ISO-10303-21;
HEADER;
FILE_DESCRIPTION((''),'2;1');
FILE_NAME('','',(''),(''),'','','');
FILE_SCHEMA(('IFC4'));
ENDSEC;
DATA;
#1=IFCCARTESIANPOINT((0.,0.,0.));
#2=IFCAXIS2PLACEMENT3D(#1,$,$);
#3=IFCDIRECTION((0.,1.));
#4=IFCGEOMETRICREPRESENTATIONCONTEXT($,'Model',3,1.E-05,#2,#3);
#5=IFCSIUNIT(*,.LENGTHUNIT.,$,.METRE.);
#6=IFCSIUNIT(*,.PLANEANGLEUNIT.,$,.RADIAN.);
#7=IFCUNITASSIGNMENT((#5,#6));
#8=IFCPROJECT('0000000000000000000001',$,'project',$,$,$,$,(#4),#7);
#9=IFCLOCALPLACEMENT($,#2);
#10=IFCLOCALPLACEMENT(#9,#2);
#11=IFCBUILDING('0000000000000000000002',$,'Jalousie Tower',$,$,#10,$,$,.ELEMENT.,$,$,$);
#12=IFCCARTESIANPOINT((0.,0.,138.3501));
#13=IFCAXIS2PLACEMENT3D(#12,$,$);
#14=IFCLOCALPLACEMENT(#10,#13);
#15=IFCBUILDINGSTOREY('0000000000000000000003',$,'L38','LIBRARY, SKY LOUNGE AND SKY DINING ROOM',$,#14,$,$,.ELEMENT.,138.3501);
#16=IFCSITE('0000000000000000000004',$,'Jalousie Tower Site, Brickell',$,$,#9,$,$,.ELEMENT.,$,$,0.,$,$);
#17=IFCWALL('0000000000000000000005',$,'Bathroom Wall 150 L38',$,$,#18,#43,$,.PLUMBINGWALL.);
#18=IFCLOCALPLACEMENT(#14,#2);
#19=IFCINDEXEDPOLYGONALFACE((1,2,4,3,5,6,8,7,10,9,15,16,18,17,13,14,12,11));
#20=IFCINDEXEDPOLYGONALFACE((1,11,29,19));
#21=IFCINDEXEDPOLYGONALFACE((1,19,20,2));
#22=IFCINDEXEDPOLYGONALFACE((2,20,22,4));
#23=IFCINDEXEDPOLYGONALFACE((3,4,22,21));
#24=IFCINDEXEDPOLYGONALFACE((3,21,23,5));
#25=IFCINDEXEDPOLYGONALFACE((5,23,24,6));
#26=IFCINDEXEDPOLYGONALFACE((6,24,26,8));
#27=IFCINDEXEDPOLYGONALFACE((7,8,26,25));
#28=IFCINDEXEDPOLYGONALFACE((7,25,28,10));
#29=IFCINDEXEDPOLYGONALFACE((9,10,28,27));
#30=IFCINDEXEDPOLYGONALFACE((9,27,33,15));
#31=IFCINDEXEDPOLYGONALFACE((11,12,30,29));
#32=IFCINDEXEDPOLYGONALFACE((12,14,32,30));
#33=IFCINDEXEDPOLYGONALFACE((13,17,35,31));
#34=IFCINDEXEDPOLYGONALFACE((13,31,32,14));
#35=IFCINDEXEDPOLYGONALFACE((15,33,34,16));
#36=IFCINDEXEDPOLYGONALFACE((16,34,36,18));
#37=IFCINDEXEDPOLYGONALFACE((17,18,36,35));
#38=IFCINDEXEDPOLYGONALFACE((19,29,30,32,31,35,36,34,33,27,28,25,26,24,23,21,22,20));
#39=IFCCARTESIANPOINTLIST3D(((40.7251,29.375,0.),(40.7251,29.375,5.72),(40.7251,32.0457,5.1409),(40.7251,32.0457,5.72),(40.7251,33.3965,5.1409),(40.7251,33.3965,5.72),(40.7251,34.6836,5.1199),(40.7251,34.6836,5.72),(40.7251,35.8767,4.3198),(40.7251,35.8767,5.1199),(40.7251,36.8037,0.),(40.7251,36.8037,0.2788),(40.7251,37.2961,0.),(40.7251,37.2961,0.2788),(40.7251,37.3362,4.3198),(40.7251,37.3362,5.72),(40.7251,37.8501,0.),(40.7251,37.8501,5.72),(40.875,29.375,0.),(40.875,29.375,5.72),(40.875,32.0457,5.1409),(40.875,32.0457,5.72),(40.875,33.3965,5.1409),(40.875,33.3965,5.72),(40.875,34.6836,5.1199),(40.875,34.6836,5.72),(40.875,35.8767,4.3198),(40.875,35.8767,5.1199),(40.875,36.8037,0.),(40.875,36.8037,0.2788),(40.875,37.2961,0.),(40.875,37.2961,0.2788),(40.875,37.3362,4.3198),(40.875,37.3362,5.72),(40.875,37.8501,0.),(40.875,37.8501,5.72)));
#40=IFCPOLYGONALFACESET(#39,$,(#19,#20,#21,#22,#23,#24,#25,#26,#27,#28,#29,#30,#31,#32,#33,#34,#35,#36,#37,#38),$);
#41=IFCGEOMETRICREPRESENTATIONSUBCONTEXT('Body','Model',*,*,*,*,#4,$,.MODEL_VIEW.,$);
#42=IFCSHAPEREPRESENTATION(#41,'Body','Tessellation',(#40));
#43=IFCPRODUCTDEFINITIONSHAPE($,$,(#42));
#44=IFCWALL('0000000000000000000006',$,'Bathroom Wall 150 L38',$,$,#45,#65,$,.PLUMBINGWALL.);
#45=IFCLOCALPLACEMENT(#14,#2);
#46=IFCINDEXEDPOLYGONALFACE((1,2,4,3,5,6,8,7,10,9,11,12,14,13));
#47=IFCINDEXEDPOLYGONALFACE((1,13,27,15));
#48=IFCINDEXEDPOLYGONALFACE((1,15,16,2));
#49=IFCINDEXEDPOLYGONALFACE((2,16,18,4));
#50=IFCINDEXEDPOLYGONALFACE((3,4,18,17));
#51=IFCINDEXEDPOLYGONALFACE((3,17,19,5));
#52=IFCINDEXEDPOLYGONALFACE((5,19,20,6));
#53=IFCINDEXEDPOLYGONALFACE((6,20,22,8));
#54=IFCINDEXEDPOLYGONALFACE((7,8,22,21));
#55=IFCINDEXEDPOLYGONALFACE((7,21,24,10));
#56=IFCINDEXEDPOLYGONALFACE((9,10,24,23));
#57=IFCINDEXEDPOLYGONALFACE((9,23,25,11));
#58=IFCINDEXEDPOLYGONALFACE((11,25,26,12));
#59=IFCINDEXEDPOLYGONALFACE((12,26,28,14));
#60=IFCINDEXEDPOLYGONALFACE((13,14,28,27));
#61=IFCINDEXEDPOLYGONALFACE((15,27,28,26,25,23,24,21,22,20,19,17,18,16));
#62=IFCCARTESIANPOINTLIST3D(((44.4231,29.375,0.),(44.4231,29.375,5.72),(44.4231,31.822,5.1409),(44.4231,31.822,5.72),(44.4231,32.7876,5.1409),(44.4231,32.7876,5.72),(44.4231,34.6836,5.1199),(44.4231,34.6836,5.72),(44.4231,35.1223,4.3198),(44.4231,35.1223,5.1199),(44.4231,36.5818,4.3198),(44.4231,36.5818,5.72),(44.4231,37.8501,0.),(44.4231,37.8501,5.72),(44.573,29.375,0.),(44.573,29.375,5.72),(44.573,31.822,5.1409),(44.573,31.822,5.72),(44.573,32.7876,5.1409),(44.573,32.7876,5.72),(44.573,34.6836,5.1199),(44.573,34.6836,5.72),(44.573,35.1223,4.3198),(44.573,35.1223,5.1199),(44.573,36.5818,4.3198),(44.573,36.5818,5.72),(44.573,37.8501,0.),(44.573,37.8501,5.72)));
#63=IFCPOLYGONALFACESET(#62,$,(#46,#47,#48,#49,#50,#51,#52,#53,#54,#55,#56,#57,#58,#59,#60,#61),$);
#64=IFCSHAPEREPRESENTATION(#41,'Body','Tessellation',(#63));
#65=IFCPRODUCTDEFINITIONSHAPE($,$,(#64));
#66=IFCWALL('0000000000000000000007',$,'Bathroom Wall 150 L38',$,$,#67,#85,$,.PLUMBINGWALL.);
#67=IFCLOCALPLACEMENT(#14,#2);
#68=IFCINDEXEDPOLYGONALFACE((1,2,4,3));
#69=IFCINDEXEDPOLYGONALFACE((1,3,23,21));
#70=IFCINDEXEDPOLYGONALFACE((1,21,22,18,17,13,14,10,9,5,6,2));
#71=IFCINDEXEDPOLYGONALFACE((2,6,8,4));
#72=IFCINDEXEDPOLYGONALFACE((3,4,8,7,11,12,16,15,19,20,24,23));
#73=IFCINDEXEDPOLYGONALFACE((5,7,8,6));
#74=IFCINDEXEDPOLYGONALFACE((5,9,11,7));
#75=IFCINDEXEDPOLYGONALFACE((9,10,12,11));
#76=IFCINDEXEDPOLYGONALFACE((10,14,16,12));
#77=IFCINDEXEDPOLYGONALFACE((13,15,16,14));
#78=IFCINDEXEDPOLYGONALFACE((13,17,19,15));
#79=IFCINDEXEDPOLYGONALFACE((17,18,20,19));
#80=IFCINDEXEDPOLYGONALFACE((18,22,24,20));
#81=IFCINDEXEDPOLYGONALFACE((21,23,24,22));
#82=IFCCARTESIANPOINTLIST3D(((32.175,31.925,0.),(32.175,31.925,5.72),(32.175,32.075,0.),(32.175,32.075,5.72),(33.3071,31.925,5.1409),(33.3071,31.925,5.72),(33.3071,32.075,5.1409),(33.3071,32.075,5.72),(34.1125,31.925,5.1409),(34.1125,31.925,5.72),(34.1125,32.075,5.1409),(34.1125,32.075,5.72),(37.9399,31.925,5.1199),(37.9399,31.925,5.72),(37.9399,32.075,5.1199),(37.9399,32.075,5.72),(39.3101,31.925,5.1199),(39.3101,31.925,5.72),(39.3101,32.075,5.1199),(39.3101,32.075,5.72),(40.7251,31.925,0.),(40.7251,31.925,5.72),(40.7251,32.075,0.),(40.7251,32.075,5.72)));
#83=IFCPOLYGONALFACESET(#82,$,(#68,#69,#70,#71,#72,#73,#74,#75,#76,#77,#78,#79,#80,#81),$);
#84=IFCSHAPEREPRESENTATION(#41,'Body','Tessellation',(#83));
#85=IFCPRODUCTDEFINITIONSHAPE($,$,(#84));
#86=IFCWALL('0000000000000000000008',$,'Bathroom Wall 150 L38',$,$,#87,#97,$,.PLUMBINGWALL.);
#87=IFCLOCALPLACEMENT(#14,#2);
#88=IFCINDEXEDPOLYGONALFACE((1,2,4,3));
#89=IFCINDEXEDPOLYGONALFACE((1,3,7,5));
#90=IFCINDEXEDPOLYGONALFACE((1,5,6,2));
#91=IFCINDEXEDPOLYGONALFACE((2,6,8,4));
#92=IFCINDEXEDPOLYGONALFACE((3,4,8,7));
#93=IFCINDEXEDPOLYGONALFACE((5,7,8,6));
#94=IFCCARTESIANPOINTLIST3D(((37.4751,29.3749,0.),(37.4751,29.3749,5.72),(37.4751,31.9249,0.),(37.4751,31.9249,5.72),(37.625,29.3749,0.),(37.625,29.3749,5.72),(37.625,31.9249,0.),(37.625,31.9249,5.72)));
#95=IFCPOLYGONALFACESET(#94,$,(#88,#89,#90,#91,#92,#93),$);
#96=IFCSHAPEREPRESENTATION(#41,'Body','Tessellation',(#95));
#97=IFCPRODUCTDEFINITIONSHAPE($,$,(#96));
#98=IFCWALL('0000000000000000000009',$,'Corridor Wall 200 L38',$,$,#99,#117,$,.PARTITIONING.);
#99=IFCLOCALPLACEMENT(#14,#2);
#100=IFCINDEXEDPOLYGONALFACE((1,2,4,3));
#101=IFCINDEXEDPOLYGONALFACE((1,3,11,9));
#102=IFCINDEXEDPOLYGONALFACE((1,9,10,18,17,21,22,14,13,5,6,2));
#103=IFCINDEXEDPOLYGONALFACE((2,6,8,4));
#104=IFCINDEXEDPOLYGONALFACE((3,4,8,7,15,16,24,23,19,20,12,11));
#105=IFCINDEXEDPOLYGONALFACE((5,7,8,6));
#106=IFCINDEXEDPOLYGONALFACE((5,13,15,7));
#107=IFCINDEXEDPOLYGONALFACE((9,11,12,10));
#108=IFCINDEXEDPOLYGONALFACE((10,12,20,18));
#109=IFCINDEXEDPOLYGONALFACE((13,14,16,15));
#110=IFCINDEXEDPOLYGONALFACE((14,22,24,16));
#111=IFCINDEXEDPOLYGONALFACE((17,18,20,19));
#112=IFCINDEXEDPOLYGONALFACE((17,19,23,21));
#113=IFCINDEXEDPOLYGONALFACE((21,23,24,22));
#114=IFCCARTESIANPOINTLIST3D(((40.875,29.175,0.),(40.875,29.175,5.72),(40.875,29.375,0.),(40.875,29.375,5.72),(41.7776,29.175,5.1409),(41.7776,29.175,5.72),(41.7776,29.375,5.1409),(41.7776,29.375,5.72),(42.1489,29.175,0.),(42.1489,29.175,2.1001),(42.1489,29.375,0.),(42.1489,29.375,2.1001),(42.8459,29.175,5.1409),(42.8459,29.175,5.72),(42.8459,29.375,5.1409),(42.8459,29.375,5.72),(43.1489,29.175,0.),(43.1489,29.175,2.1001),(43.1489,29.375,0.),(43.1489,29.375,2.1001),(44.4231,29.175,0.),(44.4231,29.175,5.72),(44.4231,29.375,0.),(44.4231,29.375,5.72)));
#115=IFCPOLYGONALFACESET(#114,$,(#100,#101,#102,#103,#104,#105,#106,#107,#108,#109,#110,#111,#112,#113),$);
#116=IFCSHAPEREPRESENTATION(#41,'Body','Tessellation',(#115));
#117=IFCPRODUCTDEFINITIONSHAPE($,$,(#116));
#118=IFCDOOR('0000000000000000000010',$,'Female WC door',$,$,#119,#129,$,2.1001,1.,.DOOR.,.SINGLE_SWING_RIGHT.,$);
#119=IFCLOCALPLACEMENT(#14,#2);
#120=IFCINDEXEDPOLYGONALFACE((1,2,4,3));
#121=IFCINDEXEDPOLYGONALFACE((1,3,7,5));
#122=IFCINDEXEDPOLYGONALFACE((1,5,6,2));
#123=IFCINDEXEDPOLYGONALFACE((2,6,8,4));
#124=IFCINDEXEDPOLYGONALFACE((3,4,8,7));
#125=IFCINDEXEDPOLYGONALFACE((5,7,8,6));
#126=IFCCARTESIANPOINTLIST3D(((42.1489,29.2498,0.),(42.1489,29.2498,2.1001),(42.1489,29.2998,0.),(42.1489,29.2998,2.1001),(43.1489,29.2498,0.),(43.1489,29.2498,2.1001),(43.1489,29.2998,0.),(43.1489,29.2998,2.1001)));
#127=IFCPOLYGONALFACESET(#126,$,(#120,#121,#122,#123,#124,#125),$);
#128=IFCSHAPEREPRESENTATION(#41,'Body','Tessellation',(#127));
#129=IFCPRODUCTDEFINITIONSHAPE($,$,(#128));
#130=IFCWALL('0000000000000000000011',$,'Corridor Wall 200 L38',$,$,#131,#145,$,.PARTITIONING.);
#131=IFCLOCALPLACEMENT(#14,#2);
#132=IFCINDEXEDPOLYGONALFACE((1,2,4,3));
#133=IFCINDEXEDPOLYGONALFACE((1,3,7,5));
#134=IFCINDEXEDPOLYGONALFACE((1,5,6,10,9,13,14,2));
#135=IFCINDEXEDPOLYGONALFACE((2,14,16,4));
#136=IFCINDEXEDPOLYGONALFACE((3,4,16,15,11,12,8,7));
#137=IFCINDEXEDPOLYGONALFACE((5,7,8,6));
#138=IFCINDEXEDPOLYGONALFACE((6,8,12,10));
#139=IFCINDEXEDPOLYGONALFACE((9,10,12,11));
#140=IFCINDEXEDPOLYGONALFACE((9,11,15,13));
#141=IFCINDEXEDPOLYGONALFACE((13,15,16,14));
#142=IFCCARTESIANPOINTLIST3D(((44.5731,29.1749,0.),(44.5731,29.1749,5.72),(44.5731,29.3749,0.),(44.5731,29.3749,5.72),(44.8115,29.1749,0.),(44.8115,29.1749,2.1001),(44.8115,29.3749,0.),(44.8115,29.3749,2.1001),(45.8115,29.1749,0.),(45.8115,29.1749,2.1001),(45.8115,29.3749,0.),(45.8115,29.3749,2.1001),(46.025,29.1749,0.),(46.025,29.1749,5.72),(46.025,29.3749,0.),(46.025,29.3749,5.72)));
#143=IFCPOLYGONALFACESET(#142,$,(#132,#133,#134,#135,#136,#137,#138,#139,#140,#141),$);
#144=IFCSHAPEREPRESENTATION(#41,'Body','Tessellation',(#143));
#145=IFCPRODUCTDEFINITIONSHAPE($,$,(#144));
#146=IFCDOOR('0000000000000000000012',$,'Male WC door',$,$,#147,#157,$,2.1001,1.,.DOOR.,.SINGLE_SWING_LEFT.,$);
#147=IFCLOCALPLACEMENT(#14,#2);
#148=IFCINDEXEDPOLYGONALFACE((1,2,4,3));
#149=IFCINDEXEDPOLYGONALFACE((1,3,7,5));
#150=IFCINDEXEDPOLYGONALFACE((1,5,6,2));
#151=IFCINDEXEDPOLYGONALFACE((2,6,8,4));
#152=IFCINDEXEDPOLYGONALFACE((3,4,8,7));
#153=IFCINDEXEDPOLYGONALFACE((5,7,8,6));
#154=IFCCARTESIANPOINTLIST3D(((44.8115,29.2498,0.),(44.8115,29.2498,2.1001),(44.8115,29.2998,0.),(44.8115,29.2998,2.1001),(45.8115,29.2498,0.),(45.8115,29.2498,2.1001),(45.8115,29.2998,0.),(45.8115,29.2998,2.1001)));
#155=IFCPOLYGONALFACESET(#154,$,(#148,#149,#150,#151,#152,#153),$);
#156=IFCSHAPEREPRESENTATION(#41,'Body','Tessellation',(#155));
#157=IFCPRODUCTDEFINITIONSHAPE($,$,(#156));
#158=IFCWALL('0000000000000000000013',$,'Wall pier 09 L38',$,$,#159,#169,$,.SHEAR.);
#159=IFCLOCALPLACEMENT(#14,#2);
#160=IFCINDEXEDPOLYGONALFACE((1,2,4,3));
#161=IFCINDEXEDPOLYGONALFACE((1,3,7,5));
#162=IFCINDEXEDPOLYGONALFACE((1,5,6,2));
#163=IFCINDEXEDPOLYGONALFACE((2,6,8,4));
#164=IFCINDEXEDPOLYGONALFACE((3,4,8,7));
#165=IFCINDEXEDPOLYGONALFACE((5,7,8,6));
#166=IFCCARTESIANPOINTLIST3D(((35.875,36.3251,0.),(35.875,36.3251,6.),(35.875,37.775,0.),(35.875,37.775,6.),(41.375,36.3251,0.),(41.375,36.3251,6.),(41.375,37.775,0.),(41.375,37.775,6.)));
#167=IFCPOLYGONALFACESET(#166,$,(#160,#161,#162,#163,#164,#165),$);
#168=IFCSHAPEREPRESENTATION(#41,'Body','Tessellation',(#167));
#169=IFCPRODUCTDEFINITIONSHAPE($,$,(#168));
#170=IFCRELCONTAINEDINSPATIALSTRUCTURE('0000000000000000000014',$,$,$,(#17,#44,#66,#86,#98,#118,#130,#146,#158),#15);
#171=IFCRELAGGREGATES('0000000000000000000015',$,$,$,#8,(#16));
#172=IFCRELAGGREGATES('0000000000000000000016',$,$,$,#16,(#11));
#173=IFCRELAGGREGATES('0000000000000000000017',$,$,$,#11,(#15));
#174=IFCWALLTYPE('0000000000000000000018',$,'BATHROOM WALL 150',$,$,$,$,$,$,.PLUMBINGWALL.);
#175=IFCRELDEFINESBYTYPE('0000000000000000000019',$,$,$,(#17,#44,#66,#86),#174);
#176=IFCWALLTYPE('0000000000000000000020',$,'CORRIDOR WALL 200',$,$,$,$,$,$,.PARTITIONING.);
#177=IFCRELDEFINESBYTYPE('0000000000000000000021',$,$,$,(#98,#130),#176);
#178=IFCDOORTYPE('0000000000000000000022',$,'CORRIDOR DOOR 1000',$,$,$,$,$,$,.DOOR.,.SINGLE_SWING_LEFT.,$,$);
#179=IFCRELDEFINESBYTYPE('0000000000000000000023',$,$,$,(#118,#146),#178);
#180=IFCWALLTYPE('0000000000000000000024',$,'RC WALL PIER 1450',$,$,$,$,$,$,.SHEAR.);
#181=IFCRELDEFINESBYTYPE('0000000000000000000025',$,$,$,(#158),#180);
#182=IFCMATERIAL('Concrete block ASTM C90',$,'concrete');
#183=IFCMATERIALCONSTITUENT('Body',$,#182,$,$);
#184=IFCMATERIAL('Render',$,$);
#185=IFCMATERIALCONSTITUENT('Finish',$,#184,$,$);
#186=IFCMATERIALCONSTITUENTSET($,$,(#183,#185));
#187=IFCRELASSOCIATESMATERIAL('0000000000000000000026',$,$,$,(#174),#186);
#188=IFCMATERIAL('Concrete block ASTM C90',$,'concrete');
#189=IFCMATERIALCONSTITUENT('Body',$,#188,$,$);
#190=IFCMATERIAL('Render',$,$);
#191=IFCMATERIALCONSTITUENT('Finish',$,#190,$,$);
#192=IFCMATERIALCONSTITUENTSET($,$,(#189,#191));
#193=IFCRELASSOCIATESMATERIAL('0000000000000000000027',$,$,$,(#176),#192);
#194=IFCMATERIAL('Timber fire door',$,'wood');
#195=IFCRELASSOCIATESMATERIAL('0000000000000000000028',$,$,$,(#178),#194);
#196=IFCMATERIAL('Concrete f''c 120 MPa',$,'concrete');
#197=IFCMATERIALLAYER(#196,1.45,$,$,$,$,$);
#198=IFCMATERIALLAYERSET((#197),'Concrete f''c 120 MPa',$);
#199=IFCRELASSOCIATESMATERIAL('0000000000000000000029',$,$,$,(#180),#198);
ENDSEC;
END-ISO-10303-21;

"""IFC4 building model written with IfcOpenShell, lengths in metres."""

from ifc_helpers import new_model, si_unit, direction, frame, frame_2d, origin, place, context, subcontext, project, spatial, polyline, rectangle, outline, extrude, material, layer, layer_set, constituent, constituent_set, type_object, element, fill, save


model = new_model("IFC4")

# Units and contexts
model_context = context("Model", 3, precision=1e-05, world=origin(), true_north=direction((0.0, 1.0)))
body_context = subcontext(model_context, "Body", "Model", "MODEL_VIEW")
ifc_project = project(units=[si_unit("LENGTHUNIT", "METRE"), si_unit("PLANEANGLEUNIT", "RADIAN")], contexts=[model_context])

# Site, building, storey
site_placement = place(None, origin())
site = spatial("IfcSite", under=ifc_project, at=site_placement, Name="Jalousie Tower Site, Brickell", CompositionType="ELEMENT", RefElevation=0.0)
building_placement = place(site_placement, origin())
building = spatial("IfcBuilding", under=site, at=building_placement, Name="Jalousie Tower", CompositionType="ELEMENT")
storey_placement = place(building_placement, frame((0.0, 0.0, 138.3501)))
storey = spatial("IfcBuildingStorey", under=building, at=storey_placement, Name="L38", Description="LIBRARY, SKY LOUNGE AND SKY DINING ROOM", CompositionType="ELEMENT", Elevation=138.3501)

# Shared definitions
ifc_material_1 = material(Name="Concrete block ASTM C90", Category="concrete")
ifc_constituent_1 = constituent(ifc_material_1, Name="Body")
ifc_material_2 = material(Name="Render")
ifc_constituent_2 = constituent(ifc_material_2, Name="Finish")
ifc_constituent_set_1 = constituent_set(constituents=[ifc_constituent_1, ifc_constituent_2])
wall_type_1 = type_object("IfcWallType", Name="BATHROOM WALL 150", PredefinedType="PLUMBINGWALL", material=ifc_constituent_set_1)

# Walls
wall_1_placement = place(storey_placement, frame((40.8, 29.375, 0.0), z_axis=(0.0, 0.0, 1.0), x_axis=(0.0, 1.0, 0.0)))
element("IfcWall", 1, at=wall_1_placement, inside=storey, type_object=wall_type_1, Name="Bathroom Wall 150 L38", PredefinedType="PLUMBINGWALL", context=body_context, shape_type="SweptSolid", body=[
    extrude(outline(polyline([(2.6707, 5.72), (0.0, 5.72), (0.0, 0.0), (7.4287, 0.0), (7.4287, 0.2788), (7.9211, 0.2788), (7.9211, 0.0), (8.4751, 0.0), (8.4751, 5.72), (7.9612, 5.72), (7.9612, 4.3198), (6.5017, 4.3198), (6.5017, 5.1199), (5.3086, 5.1199), (5.3086, 5.72), (4.0215, 5.72), (4.0215, 5.1409), (2.6707, 5.1409), (2.6707, 5.72)])), frame((0.0, 0.075, 0.0), z_axis=(0.0, -1.0, 0.0), x_axis=(1.0, 0.0, 0.0)), (0.0, 0.0, 1.0), 0.1499),
])
wall_2_placement = place(storey_placement, frame((44.498, 29.375, 0.0), z_axis=(0.0, 0.0, 1.0), x_axis=(0.0, 1.0, 0.0)))
element("IfcWall", 2, at=wall_2_placement, inside=storey, type_object=wall_type_1, Name="Bathroom Wall 150 L38", PredefinedType="PLUMBINGWALL", context=body_context, shape_type="SweptSolid", body=[
    extrude(outline(polyline([(0.0, 0.0), (8.4751, 0.0), (8.4751, 5.72), (7.2068, 5.72), (7.2068, 4.3198), (5.7473, 4.3198), (5.7473, 5.1199), (5.3086, 5.1199), (5.3086, 5.72), (3.4126, 5.72), (3.4126, 5.1409), (2.447, 5.1409), (2.447, 5.72), (0.0, 5.72), (0.0, 0.0)])), frame((0.0, 0.075, 0.0), z_axis=(0.0, -1.0, 0.0), x_axis=(1.0, 0.0, 0.0)), (0.0, 0.0, 1.0), 0.1499),
])
wall_3_placement = place(storey_placement, frame((32.175, 32.0, 0.0), z_axis=(0.0, 0.0, 1.0), x_axis=(1.0, 0.0, 0.0)))
element("IfcWall", 3, at=wall_3_placement, inside=storey, type_object=wall_type_1, Name="Bathroom Wall 150 L38", PredefinedType="PLUMBINGWALL", context=body_context, shape_type="SweptSolid", body=[
    extrude(outline(polyline([(0.0, 0.0), (8.55, 0.0), (8.55, 5.72), (7.135, 5.72), (7.135, 5.1199), (5.7649, 5.1199), (5.7649, 5.72), (1.9375, 5.72), (1.9375, 5.1409), (1.1321, 5.1409), (1.1321, 5.72), (0.0, 5.72), (0.0, 0.0)])), frame((0.0, 0.075, 0.0), z_axis=(0.0, -1.0, 0.0), x_axis=(1.0, 0.0, 0.0)), (0.0, 0.0, 1.0), 0.1499),
])
wall_4_placement = place(storey_placement, frame((37.55, 29.375, 0.0), z_axis=(0.0, 0.0, 1.0), x_axis=(0.0, 1.0, 0.0)))
element("IfcWall", 4, at=wall_4_placement, inside=storey, type_object=wall_type_1, Name="Bathroom Wall 150 L38", PredefinedType="PLUMBINGWALL", context=body_context, shape_type="SweptSolid", body=[
    extrude(rectangle(XDim=2.55, YDim=0.1499, at=frame_2d((1.2749, 0.0))), origin(), (0.0, 0.0, 1.0), 5.72),
])

# Walls, openings, doors
ifc_material_3 = material(Name="Concrete block ASTM C90", Category="concrete")
ifc_constituent_3 = constituent(ifc_material_3, Name="Body")
ifc_material_4 = material(Name="Render")
ifc_constituent_4 = constituent(ifc_material_4, Name="Finish")
ifc_constituent_set_2 = constituent_set(constituents=[ifc_constituent_3, ifc_constituent_4])
wall_type_2 = type_object("IfcWallType", Name="CORRIDOR WALL 200", PredefinedType="PARTITIONING", material=ifc_constituent_set_2)
wall_5_placement = place(storey_placement, frame((40.875, 29.2749, 0.0), z_axis=(0.0, 0.0, 1.0), x_axis=(1.0, 0.0, 0.0)))
wall_5 = element("IfcWall", 5, at=wall_5_placement, inside=storey, type_object=wall_type_2, Name="Corridor Wall 200 L38", PredefinedType="PARTITIONING", context=body_context, shape_type="SweptSolid", body=[
    extrude(outline(polyline([(0.0, 0.0), (3.5481, 0.0), (3.5481, 5.72), (1.9709, 5.72), (1.9709, 5.1409), (0.9026, 5.1409), (0.9026, 5.72), (0.0, 5.72), (0.0, 0.0)])), frame((0.0, 0.1001, 0.0), z_axis=(0.0, -1.0, 0.0), x_axis=(1.0, 0.0, 0.0)), (0.0, 0.0, 1.0), 0.2),
])
opening_1_placement = place(wall_5_placement, frame((1.2739, 0.0, 0.0)))
opening_1 = element("IfcOpeningElement", 6, at=opening_1_placement, cuts=wall_5, PredefinedType="OPENING", context=body_context, shape_type="SweptSolid", body=[
    extrude(rectangle(XDim=1.0, YDim=2.1001, at=frame_2d((0.5, 1.05))), frame((0.0, 0.1099, 0.0), z_axis=(0.0, -1.0, 0.0), x_axis=(1.0, 0.0, 0.0)), (0.0, 0.0, 1.0), 0.22),
])
ifc_material_5 = material(Name="Timber fire door", Category="wood")
door_type_1 = type_object("IfcDoorType", Name="CORRIDOR DOOR 1000", OperationType="SINGLE_SWING_LEFT", PredefinedType="DOOR", material=ifc_material_5)
door_1_placement = place(opening_1_placement, origin())
door_1 = element("IfcDoor", 7, at=door_1_placement, inside=storey, type_object=door_type_1, Name="Female WC door", OperationType="SINGLE_SWING_RIGHT", OverallHeight=2.1001, OverallWidth=1.0, PredefinedType="DOOR", context=body_context, shape_type="SweptSolid", body=[
    extrude(rectangle(XDim=1.0, YDim=2.1001, at=frame_2d((0.5, 1.05))), frame((0.0, 0.0249, 0.0), z_axis=(0.0, -1.0, 0.0), x_axis=(1.0, 0.0, 0.0)), (0.0, 0.0, 1.0), 0.05),
])
fill(opening_1, door_1)
wall_6_placement = place(storey_placement, frame((44.573, 29.2749, 0.0), z_axis=(0.0, 0.0, 1.0), x_axis=(1.0, 0.0, 0.0)))
wall_6 = element("IfcWall", 8, at=wall_6_placement, inside=storey, type_object=wall_type_2, Name="Corridor Wall 200 L38", PredefinedType="PARTITIONING", context=body_context, shape_type="SweptSolid", body=[
    extrude(rectangle(XDim=1.4519, YDim=0.2, at=frame_2d((0.7261, 0.0))), origin(), (0.0, 0.0, 1.0), 5.72),
])
opening_2_placement = place(wall_6_placement, frame((0.2385, 0.0, 0.0)))
opening_2 = element("IfcOpeningElement", 9, at=opening_2_placement, cuts=wall_6, PredefinedType="OPENING", context=body_context, shape_type="SweptSolid", body=[
    extrude(rectangle(XDim=1.0, YDim=2.1001, at=frame_2d((0.5, 1.05))), frame((0.0, 0.1099, 0.0), z_axis=(0.0, -1.0, 0.0), x_axis=(1.0, 0.0, 0.0)), (0.0, 0.0, 1.0), 0.22),
])
door_2_placement = place(opening_2_placement, origin())
door_2 = element("IfcDoor", 10, at=door_2_placement, inside=storey, type_object=door_type_1, Name="Male WC door", OperationType="SINGLE_SWING_LEFT", OverallHeight=2.1001, OverallWidth=1.0, PredefinedType="DOOR", context=body_context, shape_type="SweptSolid", body=[
    extrude(rectangle(XDim=1.0, YDim=2.1001, at=frame_2d((0.5, 1.05))), frame((0.0, 0.0249, 0.0), z_axis=(0.0, -1.0, 0.0), x_axis=(1.0, 0.0, 0.0)), (0.0, 0.0, 1.0), 0.05),
])
fill(opening_2, door_2)

# Wall
ifc_material_6 = material(Name="Concrete f'c 120 MPa", Category="concrete")
ifc_layer_1 = layer(ifc_material_6, 1.45)
ifc_layer_set_1 = layer_set([ifc_layer_1], Name="Concrete f'c 120 MPa")
wall_type_3 = type_object("IfcWallType", Name="RC WALL PIER 1450", PredefinedType="SHEAR", material=ifc_layer_set_1)
wall_7_placement = place(storey_placement, frame((35.875, 37.05, 0.0), z_axis=(0.0, 0.0, 1.0), x_axis=(1.0, 0.0, 0.0)))
element("IfcWall", 11, at=wall_7_placement, inside=storey, type_object=wall_type_3, Name="Wall pier 09 L38", PredefinedType="SHEAR", context=body_context, shape_type="SweptSolid", body=[
    extrude(rectangle(XDim=5.5, YDim=1.45, at=frame_2d((2.75, 0.0))), origin(), (0.0, 0.0, 1.0), 6.0),
])

save(model, "model.ifc")
